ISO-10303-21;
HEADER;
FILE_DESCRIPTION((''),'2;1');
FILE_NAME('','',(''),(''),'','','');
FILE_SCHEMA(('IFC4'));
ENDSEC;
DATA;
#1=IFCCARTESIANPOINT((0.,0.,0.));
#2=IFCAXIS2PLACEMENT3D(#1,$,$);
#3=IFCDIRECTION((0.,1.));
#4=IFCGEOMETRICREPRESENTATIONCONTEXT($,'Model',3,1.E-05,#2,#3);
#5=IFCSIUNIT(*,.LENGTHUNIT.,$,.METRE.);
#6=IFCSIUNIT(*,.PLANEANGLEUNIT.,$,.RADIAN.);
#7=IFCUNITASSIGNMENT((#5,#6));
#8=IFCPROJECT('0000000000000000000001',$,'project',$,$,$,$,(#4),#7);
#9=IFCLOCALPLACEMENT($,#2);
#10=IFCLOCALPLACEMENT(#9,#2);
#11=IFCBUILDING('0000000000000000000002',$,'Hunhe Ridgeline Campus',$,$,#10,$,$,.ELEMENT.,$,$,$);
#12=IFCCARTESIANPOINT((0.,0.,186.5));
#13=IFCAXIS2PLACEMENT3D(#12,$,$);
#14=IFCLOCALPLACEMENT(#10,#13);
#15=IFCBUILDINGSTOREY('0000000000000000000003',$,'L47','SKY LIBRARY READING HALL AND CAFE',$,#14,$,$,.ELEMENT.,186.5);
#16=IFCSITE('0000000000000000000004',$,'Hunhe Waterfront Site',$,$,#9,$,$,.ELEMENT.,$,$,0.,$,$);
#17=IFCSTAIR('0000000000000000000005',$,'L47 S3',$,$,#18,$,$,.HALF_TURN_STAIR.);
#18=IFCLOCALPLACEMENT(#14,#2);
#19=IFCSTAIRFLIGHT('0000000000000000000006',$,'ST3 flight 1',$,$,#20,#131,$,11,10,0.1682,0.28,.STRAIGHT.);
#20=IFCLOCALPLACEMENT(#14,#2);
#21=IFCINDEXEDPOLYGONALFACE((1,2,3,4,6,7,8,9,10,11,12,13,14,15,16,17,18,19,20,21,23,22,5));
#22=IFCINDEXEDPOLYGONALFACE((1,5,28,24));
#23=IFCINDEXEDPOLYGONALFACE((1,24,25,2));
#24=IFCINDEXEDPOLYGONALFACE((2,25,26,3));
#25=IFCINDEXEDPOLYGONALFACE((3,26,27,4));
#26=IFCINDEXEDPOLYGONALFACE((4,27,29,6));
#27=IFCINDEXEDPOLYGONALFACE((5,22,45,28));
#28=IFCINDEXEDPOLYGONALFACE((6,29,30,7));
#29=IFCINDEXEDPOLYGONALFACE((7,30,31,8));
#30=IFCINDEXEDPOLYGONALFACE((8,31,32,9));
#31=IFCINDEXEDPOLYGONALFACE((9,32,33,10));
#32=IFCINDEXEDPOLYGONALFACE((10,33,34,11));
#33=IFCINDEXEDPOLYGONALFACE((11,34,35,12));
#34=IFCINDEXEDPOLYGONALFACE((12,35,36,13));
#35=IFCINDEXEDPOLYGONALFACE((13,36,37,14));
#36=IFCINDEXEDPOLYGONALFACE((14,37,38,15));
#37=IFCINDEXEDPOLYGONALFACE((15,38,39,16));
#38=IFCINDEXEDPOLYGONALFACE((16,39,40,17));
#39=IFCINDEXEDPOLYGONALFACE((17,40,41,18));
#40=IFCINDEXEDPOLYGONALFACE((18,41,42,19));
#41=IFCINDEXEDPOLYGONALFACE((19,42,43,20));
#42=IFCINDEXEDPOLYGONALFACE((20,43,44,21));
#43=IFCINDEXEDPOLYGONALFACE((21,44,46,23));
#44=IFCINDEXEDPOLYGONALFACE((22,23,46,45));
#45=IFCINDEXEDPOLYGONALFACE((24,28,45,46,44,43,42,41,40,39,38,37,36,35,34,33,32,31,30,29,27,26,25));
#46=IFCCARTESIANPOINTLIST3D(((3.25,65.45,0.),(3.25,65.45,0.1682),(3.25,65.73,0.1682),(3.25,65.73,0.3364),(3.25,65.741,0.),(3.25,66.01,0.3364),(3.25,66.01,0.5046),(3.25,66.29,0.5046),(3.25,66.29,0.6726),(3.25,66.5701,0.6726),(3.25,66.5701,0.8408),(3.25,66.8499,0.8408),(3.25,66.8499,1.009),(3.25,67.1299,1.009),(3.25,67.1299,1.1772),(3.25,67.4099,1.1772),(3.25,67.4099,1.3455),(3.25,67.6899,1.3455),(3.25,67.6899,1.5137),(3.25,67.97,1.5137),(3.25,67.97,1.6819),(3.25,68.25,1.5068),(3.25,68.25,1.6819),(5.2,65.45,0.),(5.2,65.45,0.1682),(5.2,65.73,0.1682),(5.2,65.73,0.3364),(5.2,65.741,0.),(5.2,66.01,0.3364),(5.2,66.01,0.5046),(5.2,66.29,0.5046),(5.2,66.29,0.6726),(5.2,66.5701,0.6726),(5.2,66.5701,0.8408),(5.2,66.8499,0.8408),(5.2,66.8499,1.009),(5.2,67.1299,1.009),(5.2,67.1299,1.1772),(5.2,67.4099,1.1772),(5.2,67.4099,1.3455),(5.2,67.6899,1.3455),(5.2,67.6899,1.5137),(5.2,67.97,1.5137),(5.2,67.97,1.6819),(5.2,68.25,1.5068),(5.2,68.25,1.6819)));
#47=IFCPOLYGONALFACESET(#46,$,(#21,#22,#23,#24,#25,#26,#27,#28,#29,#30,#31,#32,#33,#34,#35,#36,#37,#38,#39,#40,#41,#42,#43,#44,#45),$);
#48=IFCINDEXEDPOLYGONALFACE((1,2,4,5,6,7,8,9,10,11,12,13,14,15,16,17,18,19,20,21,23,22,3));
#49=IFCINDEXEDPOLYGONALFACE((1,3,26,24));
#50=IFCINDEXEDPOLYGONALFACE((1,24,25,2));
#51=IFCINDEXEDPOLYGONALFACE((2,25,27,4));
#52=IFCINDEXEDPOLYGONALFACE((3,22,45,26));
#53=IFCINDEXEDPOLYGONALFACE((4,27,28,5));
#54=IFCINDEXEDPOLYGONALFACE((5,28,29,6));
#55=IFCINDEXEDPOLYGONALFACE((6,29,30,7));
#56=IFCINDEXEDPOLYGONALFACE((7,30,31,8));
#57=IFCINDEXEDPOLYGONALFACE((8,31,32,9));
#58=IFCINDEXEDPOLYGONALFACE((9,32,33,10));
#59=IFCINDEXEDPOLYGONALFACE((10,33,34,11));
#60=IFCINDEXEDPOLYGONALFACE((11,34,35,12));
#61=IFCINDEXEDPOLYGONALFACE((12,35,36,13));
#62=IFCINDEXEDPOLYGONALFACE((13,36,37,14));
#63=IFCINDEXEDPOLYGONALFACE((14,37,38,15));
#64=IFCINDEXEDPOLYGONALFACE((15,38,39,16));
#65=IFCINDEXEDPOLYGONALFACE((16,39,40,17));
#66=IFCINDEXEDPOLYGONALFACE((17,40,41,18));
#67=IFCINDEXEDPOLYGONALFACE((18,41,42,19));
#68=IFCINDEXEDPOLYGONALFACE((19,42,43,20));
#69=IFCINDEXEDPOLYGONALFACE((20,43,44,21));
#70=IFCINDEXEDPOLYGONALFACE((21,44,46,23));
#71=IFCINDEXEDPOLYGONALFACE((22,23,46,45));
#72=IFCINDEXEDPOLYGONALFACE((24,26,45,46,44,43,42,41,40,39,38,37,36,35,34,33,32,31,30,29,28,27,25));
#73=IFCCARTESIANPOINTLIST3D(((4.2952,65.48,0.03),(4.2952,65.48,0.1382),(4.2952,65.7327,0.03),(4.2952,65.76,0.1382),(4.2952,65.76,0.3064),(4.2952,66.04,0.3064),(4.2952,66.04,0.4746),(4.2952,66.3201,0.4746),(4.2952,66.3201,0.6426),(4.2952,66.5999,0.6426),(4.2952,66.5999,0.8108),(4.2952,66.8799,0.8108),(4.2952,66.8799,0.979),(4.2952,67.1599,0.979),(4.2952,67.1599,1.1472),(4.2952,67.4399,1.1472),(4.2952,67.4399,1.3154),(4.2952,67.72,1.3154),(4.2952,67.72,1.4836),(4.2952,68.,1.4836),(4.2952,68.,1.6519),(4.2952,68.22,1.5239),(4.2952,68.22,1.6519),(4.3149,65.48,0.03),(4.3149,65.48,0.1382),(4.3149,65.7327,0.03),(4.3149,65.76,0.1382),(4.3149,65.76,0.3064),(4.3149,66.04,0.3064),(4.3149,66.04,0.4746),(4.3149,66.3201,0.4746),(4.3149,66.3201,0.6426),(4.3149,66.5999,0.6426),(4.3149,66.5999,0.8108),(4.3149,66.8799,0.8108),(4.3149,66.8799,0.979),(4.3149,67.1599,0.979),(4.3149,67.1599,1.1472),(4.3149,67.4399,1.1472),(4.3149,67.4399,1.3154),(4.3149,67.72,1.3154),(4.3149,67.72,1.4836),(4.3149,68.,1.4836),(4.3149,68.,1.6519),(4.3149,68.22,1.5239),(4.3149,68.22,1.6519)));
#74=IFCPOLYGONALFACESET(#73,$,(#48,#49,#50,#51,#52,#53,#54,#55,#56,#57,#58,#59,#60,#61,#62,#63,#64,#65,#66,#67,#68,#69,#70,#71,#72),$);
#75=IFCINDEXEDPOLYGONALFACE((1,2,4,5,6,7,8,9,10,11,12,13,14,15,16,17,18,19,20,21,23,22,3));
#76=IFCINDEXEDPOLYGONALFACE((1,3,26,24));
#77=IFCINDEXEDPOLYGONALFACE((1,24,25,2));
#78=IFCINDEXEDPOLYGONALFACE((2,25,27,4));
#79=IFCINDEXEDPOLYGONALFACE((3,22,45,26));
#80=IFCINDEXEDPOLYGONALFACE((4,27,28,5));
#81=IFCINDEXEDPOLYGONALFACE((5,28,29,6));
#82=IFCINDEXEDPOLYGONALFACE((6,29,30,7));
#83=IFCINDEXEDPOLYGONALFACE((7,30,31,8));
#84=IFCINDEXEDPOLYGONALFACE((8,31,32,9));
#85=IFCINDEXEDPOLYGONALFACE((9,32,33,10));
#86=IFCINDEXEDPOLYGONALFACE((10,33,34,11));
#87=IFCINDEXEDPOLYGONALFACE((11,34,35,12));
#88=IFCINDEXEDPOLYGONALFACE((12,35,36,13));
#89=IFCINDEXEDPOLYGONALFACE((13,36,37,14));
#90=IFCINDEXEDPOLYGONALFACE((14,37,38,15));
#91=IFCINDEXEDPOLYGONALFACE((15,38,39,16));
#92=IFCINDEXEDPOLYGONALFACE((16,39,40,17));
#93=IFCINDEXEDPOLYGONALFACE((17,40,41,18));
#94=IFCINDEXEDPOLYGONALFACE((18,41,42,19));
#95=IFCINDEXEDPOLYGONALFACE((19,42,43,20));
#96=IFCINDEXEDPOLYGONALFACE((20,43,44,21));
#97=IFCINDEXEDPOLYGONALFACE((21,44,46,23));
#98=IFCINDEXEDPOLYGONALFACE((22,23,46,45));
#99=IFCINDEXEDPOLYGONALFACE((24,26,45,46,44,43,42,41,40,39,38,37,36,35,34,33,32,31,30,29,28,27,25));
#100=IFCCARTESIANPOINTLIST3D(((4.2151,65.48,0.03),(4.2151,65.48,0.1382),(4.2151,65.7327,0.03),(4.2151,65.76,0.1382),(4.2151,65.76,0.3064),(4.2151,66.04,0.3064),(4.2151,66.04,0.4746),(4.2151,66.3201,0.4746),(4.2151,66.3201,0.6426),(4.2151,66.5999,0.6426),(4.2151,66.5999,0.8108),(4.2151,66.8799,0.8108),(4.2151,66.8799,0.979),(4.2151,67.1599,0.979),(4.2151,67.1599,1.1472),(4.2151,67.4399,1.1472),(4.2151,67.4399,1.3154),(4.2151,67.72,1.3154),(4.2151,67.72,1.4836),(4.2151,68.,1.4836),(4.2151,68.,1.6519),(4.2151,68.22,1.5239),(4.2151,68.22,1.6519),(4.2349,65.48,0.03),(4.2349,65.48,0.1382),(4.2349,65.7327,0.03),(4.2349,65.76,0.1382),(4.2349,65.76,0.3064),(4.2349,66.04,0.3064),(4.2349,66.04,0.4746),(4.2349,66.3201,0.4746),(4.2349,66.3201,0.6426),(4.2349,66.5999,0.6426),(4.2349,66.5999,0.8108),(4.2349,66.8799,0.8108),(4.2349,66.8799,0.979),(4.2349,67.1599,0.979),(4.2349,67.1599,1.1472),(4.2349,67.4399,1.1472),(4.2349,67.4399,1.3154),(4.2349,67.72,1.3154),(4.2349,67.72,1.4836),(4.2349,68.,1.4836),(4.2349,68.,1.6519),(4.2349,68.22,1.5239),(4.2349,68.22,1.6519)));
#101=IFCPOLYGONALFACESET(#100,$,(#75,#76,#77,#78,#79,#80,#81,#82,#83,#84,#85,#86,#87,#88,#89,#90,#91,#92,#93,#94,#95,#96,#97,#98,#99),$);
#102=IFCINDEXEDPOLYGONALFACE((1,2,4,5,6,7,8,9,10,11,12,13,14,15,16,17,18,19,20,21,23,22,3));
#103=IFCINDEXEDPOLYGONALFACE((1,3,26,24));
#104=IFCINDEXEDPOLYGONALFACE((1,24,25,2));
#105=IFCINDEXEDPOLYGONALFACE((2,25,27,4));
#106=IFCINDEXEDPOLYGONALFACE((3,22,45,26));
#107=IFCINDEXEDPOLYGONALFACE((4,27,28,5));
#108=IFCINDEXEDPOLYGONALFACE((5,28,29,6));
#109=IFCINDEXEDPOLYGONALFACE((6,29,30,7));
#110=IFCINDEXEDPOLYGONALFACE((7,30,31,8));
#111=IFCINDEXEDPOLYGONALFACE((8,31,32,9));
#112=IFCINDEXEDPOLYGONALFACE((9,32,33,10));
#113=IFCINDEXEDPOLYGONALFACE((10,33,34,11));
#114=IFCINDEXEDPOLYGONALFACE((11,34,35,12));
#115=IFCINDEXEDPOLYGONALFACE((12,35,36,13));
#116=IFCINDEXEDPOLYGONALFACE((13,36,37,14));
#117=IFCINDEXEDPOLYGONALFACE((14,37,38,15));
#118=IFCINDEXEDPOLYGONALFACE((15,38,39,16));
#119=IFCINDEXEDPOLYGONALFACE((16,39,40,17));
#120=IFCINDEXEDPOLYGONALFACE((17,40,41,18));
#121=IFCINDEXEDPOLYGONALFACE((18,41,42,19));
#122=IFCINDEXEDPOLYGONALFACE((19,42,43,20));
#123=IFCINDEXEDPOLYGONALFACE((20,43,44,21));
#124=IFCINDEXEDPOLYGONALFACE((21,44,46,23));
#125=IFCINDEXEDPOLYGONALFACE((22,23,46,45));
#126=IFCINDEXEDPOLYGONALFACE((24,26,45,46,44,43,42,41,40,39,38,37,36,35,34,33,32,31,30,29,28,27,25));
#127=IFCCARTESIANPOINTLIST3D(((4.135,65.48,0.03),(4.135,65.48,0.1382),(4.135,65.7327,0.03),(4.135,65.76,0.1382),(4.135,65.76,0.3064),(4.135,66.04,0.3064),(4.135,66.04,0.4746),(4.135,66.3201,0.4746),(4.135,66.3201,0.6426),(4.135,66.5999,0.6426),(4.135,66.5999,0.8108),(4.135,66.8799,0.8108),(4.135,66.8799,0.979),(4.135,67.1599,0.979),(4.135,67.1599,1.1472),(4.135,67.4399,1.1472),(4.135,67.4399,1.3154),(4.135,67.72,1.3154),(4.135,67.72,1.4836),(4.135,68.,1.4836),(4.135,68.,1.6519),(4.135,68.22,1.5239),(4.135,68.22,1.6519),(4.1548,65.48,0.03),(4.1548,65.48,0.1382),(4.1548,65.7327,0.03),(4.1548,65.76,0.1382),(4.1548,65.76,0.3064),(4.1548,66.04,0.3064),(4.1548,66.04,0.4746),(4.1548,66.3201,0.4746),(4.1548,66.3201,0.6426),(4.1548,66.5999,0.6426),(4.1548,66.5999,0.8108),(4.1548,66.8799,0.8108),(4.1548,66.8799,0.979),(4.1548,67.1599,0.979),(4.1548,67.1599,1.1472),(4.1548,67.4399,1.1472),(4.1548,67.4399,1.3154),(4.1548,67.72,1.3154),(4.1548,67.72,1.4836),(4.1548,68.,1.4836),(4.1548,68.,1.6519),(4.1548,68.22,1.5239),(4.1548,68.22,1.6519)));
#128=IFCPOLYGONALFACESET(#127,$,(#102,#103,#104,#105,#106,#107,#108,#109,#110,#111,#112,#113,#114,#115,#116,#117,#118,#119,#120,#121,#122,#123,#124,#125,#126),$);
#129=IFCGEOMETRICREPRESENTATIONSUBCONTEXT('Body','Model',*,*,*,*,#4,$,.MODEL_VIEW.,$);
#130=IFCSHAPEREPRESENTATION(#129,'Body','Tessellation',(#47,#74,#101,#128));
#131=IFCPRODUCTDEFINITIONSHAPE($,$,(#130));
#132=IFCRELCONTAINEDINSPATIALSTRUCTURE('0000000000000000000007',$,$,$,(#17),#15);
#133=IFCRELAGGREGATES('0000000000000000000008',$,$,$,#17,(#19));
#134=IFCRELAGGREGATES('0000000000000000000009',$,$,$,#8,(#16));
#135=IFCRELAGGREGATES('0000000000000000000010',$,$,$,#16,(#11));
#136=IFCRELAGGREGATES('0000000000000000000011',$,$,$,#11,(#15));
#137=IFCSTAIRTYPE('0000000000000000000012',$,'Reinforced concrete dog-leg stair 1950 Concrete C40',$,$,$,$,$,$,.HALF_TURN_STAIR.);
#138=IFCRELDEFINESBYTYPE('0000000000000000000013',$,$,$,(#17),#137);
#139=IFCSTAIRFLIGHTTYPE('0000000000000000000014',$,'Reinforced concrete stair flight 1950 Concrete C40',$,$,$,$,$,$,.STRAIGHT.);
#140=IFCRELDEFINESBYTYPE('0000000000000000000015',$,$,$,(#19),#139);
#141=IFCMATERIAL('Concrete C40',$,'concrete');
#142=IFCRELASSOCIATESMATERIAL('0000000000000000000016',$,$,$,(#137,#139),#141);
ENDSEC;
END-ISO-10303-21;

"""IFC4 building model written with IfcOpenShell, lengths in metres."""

from ifc_helpers import new_model, si_unit, direction, frame, origin, place, context, subcontext, project, spatial, polyline, outline, extrude, material, type_object, element, aggregate, save


model = new_model("IFC4")

# Units and contexts
model_context = context("Model", 3, precision=1e-05, world=origin(), true_north=direction((0.0, 1.0)))
body_context = subcontext(model_context, "Body", "Model", "MODEL_VIEW")
ifc_project = project(units=[si_unit("LENGTHUNIT", "METRE"), si_unit("PLANEANGLEUNIT", "RADIAN")], contexts=[model_context])

# Site, building, storey
site_placement = place(None, origin())
site = spatial("IfcSite", under=ifc_project, at=site_placement, Name="Hunhe Waterfront Site", CompositionType="ELEMENT", RefElevation=0.0)
building_placement = place(site_placement, origin())
building = spatial("IfcBuilding", under=site, at=building_placement, Name="Hunhe Ridgeline Campus", CompositionType="ELEMENT")
storey_placement = place(building_placement, frame((0.0, 0.0, 186.5)))
storey = spatial("IfcBuildingStorey", under=building, at=storey_placement, Name="L47", Description="SKY LIBRARY READING HALL AND CAFE", CompositionType="ELEMENT", Elevation=186.5)

# Stair, stair flight
ifc_material_1 = material(Name="Concrete C40", Category="concrete")
stair_type = type_object("IfcStairType", Name="Reinforced concrete dog-leg stair 1950 Concrete C40", PredefinedType="HALF_TURN_STAIR", material=ifc_material_1)
stair_1_placement = place(storey_placement, origin())
stair_1 = element("IfcStair", 1, at=stair_1_placement, inside=storey, type_object=stair_type, Name="L47 S3", PredefinedType="HALF_TURN_STAIR")
stair_flight_type = type_object("IfcStairFlightType", Name="Reinforced concrete stair flight 1950 Concrete C40", PredefinedType="STRAIGHT", material=ifc_material_1)
stair_flight_1_placement = place(storey_placement, frame((4.2251, 65.45, 0.0), z_axis=(0.0, 0.0, 1.0), x_axis=(0.0, 1.0, 0.0)))
stair_flight_1 = element("IfcStairFlight", 2, at=stair_flight_1_placement, type_object=stair_flight_type, Name="ST3 flight 1", NumberOfRisers=11, NumberOfTreads=10, PredefinedType="STRAIGHT", RiserHeight=0.1682, TreadLength=0.28, context=body_context, shape_type="SweptSolid", body=[
    extrude(outline(polyline([(0.0, 0.0), (0.0, 0.1682), (0.28, 0.1682), (0.28, 0.3364), (0.5601, 0.3364), (0.5601, 0.5046), (0.8401, 0.5046), (0.8401, 0.6726), (1.1201, 0.6726), (1.1201, 0.8408), (1.3999, 0.8408), (1.3999, 1.009), (1.6799, 1.009), (1.6799, 1.1772), (1.96, 1.1772), (1.96, 1.3455), (2.24, 1.3455), (2.24, 1.5137), (2.52, 1.5137), (2.52, 1.6819), (2.8, 1.6819), (2.8, 1.8501), (2.8, 1.5068), (0.291, 0.0), (0.0, 0.0)])), frame((0.0, 0.9751, 0.0), z_axis=(0.0, -1.0, 0.0), x_axis=(1.0, 0.0, 0.0)), (0.0, 0.0, 1.0), 1.95),
    extrude(outline(polyline([(0.03, 0.03), (0.03, 0.1382), (0.3101, 0.1382), (0.3101, 0.3064), (0.5901, 0.3064), (0.5901, 0.4746), (0.8701, 0.4746), (0.8701, 0.6426), (1.1499, 0.6426), (1.1499, 0.8108), (1.4299, 0.8108), (1.4299, 0.979), (1.71, 0.979), (1.71, 1.1472), (1.99, 1.1472), (1.99, 1.3154), (2.27, 1.3154), (2.27, 1.4836), (2.55, 1.4836), (2.55, 1.6519), (2.77, 1.6519), (2.77, 1.5239), (0.2827, 0.03), (0.03, 0.03)])), frame((0.0, -0.0701, 0.0), z_axis=(0.0, -1.0, 0.0), x_axis=(1.0, 0.0, 0.0)), (0.0, 0.0, 1.0), 0.0198),
    extrude(outline(polyline([(0.03, 0.03), (0.03, 0.1382), (0.3101, 0.1382), (0.3101, 0.3064), (0.5901, 0.3064), (0.5901, 0.4746), (0.8701, 0.4746), (0.8701, 0.6426), (1.1499, 0.6426), (1.1499, 0.8108), (1.4299, 0.8108), (1.4299, 0.979), (1.71, 0.979), (1.71, 1.1472), (1.99, 1.1472), (1.99, 1.3154), (2.27, 1.3154), (2.27, 1.4836), (2.55, 1.4836), (2.55, 1.6519), (2.77, 1.6519), (2.77, 1.5239), (0.2827, 0.03), (0.03, 0.03)])), frame((0.0, 0.01, 0.0), z_axis=(0.0, -1.0, 0.0), x_axis=(1.0, 0.0, 0.0)), (0.0, 0.0, 1.0), 0.0198),
    extrude(outline(polyline([(0.03, 0.03), (0.03, 0.1382), (0.3101, 0.1382), (0.3101, 0.3064), (0.5901, 0.3064), (0.5901, 0.4746), (0.8701, 0.4746), (0.8701, 0.6426), (1.1499, 0.6426), (1.1499, 0.8108), (1.4299, 0.8108), (1.4299, 0.979), (1.71, 0.979), (1.71, 1.1472), (1.99, 1.1472), (1.99, 1.3154), (2.27, 1.3154), (2.27, 1.4836), (2.55, 1.4836), (2.55, 1.6519), (2.77, 1.6519), (2.77, 1.5239), (0.2827, 0.03), (0.03, 0.03)])), frame((0.0, 0.0901, 0.0), z_axis=(0.0, -1.0, 0.0), x_axis=(1.0, 0.0, 0.0)), (0.0, 0.0, 1.0), 0.0198),
])
aggregate(stair_1, [stair_flight_1])

save(model, "model.ifc")
